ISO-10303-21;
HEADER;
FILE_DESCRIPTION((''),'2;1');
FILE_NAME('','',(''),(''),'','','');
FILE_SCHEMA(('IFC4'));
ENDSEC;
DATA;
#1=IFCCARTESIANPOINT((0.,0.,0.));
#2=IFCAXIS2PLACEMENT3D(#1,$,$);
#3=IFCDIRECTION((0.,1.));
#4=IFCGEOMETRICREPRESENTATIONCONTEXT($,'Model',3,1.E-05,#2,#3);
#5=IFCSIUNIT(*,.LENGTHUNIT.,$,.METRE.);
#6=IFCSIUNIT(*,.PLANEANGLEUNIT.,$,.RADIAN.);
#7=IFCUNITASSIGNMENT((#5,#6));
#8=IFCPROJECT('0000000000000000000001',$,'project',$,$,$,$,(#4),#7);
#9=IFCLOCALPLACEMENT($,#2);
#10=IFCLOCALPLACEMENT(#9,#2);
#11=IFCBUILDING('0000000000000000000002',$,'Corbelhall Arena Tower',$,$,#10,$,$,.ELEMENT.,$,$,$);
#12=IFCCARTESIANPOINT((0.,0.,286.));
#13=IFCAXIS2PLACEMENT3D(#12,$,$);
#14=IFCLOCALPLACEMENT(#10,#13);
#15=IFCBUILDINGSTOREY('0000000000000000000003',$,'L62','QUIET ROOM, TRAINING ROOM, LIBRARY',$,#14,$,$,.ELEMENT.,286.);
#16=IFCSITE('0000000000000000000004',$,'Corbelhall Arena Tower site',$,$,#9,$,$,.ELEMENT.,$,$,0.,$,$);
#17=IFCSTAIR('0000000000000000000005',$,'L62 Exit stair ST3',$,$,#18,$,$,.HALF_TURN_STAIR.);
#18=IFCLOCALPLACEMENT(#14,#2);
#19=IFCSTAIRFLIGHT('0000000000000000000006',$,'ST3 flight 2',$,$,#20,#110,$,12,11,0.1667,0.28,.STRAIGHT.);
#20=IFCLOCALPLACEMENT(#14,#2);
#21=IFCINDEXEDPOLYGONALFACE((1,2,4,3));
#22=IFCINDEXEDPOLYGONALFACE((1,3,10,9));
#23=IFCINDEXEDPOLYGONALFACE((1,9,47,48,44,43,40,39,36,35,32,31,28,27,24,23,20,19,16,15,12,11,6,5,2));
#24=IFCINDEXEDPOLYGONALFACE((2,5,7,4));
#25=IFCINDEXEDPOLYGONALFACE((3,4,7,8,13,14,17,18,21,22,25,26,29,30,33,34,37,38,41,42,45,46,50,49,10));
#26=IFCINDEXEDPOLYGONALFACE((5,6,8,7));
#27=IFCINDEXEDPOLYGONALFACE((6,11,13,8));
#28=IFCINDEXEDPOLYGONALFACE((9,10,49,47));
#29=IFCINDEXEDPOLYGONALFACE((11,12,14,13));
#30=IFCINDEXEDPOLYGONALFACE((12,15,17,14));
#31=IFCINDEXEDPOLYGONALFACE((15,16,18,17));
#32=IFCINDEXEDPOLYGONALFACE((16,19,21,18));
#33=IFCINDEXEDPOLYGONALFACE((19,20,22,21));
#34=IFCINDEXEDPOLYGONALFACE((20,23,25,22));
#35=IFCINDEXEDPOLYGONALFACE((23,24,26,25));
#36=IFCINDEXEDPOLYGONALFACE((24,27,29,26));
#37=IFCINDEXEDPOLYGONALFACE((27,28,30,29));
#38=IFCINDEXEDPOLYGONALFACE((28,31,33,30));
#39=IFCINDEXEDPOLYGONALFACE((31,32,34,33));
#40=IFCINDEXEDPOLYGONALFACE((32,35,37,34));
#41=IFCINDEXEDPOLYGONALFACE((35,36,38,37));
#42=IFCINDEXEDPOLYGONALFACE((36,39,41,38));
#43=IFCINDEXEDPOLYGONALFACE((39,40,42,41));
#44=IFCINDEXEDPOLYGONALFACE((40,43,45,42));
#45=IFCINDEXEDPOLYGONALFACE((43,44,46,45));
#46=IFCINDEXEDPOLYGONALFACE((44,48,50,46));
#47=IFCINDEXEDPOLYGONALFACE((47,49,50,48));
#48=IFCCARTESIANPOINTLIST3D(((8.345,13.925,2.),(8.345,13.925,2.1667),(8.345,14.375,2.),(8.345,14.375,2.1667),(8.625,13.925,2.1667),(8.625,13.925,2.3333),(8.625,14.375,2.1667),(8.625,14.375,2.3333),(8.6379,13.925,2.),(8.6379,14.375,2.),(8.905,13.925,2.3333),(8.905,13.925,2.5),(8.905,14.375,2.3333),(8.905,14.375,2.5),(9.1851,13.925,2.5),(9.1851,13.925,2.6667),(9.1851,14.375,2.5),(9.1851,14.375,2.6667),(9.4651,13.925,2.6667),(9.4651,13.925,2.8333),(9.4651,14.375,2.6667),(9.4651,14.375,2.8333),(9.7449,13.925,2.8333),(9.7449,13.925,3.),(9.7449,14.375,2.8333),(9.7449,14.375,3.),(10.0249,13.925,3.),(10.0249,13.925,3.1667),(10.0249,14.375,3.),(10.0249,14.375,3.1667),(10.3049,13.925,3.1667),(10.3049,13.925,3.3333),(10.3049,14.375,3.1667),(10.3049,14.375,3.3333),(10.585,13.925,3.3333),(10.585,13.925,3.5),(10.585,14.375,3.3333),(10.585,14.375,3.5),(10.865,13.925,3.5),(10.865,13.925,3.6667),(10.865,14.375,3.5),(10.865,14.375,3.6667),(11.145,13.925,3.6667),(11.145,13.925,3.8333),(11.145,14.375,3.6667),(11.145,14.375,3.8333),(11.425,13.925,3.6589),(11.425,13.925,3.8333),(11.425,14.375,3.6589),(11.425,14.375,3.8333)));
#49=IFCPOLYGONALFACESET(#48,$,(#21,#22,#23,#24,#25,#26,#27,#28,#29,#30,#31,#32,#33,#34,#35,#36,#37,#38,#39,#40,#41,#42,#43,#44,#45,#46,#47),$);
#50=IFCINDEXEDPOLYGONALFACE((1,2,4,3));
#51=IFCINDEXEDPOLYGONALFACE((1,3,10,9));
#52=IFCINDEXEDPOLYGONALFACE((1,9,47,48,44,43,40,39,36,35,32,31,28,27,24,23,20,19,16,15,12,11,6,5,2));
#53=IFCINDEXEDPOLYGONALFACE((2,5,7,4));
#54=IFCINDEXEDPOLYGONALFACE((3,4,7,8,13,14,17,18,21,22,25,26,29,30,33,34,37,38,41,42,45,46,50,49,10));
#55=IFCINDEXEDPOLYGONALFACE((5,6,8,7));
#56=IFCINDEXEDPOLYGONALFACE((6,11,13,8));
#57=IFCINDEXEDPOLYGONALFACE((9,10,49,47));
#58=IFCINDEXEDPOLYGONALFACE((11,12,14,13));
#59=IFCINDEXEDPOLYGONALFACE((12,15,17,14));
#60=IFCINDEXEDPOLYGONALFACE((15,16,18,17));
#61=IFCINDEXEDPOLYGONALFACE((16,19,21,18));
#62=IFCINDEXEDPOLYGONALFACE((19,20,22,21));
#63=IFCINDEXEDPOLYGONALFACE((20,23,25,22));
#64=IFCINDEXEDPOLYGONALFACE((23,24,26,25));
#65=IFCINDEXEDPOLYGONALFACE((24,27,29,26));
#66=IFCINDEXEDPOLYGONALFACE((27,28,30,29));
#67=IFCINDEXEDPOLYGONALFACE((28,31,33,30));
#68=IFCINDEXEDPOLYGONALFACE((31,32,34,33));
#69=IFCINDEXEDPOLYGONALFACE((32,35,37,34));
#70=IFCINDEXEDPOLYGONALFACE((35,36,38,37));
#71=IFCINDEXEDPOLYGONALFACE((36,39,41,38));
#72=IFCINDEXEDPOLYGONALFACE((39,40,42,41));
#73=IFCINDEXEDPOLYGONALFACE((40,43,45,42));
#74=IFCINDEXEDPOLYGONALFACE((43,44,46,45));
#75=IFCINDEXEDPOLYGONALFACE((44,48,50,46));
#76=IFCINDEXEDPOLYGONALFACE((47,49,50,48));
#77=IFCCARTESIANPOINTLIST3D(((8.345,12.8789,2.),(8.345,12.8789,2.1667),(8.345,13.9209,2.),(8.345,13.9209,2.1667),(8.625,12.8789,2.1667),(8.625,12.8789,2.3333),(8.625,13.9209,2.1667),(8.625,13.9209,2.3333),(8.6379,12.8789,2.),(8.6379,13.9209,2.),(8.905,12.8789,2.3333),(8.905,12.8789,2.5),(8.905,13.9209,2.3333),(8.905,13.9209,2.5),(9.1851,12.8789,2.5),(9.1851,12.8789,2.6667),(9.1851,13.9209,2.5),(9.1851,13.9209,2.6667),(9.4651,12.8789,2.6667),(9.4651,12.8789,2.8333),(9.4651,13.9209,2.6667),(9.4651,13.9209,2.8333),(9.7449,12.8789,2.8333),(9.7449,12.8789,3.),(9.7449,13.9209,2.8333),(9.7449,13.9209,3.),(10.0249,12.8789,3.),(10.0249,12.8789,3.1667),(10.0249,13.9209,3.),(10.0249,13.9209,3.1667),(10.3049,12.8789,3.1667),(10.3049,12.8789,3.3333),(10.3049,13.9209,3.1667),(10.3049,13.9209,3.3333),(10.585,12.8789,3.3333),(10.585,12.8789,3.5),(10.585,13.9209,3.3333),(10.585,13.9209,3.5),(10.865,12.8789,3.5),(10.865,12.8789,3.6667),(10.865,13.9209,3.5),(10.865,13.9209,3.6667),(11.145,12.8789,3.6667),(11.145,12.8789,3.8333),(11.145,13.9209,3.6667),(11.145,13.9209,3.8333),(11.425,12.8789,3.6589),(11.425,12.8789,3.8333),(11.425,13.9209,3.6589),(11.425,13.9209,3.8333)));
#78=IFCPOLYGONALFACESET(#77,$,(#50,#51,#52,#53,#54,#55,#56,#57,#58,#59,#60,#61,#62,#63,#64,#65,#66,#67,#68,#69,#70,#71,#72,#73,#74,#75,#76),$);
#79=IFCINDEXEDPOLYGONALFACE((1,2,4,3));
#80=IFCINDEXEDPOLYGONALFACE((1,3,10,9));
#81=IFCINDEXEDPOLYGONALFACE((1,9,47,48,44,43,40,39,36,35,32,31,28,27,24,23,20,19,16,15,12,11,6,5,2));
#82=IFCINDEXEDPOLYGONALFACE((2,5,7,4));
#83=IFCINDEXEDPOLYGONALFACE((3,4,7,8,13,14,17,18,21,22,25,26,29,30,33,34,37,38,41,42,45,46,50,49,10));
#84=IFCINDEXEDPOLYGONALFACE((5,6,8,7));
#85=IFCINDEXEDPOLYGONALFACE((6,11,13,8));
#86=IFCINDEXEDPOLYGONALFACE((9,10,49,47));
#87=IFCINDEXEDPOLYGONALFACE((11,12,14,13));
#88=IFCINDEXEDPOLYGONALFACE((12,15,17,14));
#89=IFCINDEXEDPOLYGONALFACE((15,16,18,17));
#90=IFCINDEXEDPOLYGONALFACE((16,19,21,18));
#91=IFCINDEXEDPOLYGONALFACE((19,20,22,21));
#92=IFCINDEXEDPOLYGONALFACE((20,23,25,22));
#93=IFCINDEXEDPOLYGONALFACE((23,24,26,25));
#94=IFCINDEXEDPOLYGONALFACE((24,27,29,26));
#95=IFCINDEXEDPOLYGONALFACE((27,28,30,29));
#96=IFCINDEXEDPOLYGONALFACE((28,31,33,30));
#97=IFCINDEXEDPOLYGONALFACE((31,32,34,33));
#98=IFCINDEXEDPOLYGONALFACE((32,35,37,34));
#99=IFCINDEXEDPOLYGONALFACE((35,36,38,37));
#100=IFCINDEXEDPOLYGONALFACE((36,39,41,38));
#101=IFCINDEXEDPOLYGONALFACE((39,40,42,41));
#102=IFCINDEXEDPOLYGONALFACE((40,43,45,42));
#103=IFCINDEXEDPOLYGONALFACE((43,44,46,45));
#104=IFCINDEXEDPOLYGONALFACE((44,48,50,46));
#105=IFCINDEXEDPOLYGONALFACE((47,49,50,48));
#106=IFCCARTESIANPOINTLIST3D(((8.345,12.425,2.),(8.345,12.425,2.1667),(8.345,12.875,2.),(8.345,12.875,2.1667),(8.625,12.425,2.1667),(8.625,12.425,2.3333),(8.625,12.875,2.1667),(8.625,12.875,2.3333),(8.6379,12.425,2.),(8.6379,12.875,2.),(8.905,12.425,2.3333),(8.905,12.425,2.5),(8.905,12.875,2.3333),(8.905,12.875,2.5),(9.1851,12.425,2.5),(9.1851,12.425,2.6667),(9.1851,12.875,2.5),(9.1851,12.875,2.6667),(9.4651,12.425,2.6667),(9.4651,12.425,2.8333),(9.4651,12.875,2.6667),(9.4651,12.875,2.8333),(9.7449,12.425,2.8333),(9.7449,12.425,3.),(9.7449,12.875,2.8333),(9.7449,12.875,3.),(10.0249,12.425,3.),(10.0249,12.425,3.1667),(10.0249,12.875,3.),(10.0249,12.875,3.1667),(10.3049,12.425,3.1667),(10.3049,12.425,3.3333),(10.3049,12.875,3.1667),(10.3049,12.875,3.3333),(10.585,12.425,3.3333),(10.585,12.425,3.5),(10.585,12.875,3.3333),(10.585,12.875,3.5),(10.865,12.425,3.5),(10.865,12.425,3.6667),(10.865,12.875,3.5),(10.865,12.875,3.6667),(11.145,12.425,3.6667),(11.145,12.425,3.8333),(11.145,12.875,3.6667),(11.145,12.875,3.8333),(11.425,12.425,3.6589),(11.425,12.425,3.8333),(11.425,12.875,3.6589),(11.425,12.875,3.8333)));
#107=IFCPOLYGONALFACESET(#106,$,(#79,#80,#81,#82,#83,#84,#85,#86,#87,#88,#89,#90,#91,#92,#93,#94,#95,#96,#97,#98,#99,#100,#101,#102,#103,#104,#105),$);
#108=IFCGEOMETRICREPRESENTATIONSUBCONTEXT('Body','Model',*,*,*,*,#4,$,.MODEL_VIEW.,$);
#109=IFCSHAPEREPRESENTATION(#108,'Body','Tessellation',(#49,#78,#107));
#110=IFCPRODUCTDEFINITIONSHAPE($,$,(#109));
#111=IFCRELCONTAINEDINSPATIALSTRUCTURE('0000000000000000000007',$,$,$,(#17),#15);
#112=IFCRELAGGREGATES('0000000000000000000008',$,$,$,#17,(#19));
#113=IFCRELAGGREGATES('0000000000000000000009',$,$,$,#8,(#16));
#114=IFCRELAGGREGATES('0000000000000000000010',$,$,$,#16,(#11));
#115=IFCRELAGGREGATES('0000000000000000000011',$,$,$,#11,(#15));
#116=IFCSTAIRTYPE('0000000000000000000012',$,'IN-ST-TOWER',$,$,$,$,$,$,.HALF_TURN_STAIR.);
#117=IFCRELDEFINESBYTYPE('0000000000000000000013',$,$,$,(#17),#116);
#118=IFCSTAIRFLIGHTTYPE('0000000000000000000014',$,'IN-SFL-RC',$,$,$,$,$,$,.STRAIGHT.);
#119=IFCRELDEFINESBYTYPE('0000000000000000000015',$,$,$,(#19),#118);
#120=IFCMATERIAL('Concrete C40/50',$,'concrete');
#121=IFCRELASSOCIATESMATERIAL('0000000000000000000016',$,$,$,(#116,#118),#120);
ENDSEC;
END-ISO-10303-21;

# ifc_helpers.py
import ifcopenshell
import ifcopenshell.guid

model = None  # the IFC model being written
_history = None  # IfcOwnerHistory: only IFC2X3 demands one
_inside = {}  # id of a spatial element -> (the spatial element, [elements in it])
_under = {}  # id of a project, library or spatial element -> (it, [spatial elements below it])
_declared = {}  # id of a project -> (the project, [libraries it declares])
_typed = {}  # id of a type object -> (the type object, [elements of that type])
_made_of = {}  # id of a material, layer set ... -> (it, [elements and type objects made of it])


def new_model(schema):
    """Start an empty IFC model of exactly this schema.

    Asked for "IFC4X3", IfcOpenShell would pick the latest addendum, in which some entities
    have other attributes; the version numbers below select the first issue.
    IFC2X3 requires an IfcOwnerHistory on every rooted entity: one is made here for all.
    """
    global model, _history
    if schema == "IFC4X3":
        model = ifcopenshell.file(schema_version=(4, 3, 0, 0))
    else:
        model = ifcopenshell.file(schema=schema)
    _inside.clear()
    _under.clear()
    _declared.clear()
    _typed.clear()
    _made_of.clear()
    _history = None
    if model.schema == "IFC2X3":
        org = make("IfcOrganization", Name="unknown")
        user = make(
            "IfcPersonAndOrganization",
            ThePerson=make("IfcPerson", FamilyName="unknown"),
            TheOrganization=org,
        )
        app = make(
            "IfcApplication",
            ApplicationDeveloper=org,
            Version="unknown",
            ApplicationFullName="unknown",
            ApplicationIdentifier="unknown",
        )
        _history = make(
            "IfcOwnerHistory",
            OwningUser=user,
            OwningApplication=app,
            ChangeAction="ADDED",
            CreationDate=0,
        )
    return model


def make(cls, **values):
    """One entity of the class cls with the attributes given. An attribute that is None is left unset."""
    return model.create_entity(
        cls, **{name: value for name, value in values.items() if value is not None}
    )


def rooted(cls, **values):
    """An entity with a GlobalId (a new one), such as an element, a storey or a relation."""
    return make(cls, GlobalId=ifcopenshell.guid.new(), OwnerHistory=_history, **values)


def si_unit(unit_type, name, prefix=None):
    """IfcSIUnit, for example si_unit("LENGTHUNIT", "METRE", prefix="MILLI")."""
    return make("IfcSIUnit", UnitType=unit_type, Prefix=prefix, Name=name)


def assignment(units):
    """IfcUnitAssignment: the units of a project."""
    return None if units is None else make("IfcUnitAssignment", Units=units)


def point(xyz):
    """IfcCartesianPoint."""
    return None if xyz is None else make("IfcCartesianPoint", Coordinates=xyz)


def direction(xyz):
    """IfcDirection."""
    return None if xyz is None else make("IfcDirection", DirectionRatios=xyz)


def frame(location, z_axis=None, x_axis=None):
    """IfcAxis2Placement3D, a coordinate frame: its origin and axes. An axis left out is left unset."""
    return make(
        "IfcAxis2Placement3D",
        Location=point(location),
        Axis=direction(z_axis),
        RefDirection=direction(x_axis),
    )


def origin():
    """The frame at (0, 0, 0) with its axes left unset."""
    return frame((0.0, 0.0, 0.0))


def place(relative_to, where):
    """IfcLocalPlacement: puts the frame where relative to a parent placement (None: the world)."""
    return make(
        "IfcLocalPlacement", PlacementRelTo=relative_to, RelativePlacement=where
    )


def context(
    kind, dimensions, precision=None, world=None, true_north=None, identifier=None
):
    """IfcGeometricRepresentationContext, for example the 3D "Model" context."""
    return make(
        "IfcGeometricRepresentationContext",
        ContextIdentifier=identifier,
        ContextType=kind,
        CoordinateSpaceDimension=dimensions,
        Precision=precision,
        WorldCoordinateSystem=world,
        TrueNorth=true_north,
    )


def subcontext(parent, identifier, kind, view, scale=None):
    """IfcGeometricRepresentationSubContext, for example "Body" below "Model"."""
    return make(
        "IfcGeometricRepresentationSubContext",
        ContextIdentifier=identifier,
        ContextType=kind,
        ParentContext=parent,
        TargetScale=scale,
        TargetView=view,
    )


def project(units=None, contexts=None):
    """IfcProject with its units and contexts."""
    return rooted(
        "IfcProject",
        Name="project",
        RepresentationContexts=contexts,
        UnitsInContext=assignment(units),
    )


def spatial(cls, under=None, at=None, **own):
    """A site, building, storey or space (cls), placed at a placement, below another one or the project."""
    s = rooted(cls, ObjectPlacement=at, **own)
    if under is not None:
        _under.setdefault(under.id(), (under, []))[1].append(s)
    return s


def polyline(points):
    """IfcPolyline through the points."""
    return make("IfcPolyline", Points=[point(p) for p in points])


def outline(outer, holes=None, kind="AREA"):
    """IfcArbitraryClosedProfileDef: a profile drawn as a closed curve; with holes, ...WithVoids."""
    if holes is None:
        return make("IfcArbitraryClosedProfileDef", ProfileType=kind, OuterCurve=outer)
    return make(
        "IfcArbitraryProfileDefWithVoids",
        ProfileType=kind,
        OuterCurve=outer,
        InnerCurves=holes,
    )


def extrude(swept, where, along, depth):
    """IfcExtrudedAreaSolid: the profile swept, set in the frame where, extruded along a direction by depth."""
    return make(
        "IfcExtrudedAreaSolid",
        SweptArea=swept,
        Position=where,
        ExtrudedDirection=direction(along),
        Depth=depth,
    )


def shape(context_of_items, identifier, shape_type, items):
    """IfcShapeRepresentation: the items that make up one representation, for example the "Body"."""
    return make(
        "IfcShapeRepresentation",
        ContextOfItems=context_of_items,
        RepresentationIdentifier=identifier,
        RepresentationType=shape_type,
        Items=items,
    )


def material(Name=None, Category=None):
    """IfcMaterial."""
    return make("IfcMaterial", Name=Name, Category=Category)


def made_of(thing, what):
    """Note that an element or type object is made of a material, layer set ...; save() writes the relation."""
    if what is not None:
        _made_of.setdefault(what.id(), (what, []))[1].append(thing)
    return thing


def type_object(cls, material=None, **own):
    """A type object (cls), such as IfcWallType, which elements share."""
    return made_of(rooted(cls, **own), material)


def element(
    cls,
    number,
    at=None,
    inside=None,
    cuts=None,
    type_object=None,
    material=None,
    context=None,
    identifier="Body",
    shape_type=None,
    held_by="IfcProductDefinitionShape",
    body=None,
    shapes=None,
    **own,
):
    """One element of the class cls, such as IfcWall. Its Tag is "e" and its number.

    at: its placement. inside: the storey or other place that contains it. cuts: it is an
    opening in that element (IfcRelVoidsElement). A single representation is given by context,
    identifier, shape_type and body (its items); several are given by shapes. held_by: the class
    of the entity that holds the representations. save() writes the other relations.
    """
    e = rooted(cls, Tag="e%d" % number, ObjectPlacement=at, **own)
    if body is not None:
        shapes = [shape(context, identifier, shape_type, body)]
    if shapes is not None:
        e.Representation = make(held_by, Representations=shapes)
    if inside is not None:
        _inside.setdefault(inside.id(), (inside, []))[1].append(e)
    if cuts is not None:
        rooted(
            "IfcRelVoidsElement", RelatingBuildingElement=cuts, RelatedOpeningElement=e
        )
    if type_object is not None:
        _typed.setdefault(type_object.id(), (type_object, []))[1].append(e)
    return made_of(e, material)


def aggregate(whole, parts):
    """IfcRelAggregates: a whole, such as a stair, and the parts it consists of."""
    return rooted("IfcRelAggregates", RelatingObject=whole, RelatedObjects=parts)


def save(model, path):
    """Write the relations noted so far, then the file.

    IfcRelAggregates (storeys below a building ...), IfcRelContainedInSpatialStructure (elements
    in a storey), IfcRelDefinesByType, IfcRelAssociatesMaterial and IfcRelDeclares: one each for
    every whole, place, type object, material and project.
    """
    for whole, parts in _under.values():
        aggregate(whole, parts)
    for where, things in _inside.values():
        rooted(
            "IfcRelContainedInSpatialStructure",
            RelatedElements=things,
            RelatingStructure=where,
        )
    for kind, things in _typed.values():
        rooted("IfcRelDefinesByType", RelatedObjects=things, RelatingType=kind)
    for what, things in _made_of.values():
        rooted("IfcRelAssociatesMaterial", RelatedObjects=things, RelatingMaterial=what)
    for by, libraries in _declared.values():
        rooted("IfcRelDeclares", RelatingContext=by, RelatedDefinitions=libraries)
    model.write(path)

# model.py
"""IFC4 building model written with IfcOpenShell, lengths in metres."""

from ifc_helpers import new_model, si_unit, direction, frame, origin, place, context, subcontext, project, spatial, polyline, outline, extrude, material, type_object, element, aggregate, save


model = new_model("IFC4")

# Units and contexts
model_context = context("Model", 3, precision=1e-05, world=origin(), true_north=direction((0.0, 1.0)))
body_context = subcontext(model_context, "Body", "Model", "MODEL_VIEW")
ifc_project = project(units=[si_unit("LENGTHUNIT", "METRE"), si_unit("PLANEANGLEUNIT", "RADIAN")], contexts=[model_context])

# Site, building, storey
site_placement = place(None, origin())
site = spatial("IfcSite", under=ifc_project, at=site_placement, Name="Corbelhall Arena Tower site", CompositionType="ELEMENT", RefElevation=0.0)
building_placement = place(site_placement, origin())
building = spatial("IfcBuilding", under=site, at=building_placement, Name="Corbelhall Arena Tower", CompositionType="ELEMENT")
storey_placement = place(building_placement, frame((0.0, 0.0, 286.0)))
storey = spatial("IfcBuildingStorey", under=building, at=storey_placement, Name="L62", Description="QUIET ROOM, TRAINING ROOM, LIBRARY", CompositionType="ELEMENT", Elevation=286.0)

# Shared definitions
ifc_material_1 = material(Name="Concrete C40/50", Category="concrete")

# Stair, stair flight
stair_type = type_object("IfcStairType", Name="IN-ST-TOWER", PredefinedType="HALF_TURN_STAIR", material=ifc_material_1)
stair_placement = place(storey_placement, origin())
stair = element("IfcStair", 1, at=stair_placement, inside=storey, type_object=stair_type, Name="L62 Exit stair ST3", PredefinedType="HALF_TURN_STAIR")
stair_flight_type = type_object("IfcStairFlightType", Name="IN-SFL-RC", PredefinedType="STRAIGHT", material=ifc_material_1)
stair_flight_1_placement = place(storey_placement, frame((8.345, 13.3999, 2.0), z_axis=(0.0, 0.0, 1.0), x_axis=(1.0, 0.0, 0.0)))
stair_flight_1 = element("IfcStairFlight", 2, at=stair_flight_1_placement, type_object=stair_flight_type, Name="ST3 flight 2", NumberOfRisers=12, NumberOfTreads=11, PredefinedType="STRAIGHT", RiserHeight=0.1667, TreadLength=0.28, context=body_context, shape_type="SweptSolid", body=[
    extrude(outline(polyline([(0.0, 0.0), (0.0, 0.1667), (0.28, 0.1667), (0.28, 0.3333), (0.5601, 0.3333), (0.5601, 0.5), (0.8401, 0.5), (0.8401, 0.6667), (1.1201, 0.6667), (1.1201, 0.8333), (1.3999, 0.8333), (1.3999, 1.0), (1.6799, 1.0), (1.6799, 1.1667), (1.96, 1.1667), (1.96, 1.3333), (2.24, 1.3333), (2.24, 1.5), (2.52, 1.5), (2.52, 1.6667), (2.8, 1.6667), (2.8, 1.8333), (3.0801, 1.8333), (3.0801, 2.0), (3.0801, 1.6589), (0.293, 0.0), (0.0, 0.0)])), frame((0.0, 0.9751, 0.0), z_axis=(0.0, -1.0, 0.0), x_axis=(1.0, 0.0, 0.0)), (0.0, 0.0, 1.0), 0.45),
    extrude(outline(polyline([(0.0, 0.0), (0.0, 0.1667), (0.28, 0.1667), (0.28, 0.3333), (0.5601, 0.3333), (0.5601, 0.5), (0.8401, 0.5), (0.8401, 0.6667), (1.1201, 0.6667), (1.1201, 0.8333), (1.3999, 0.8333), (1.3999, 1.0), (1.6799, 1.0), (1.6799, 1.1667), (1.96, 1.1667), (1.96, 1.3333), (2.24, 1.3333), (2.24, 1.5), (2.52, 1.5), (2.52, 1.6667), (2.8, 1.6667), (2.8, 1.8333), (3.0801, 1.8333), (3.0801, 2.0), (3.0801, 1.6589), (0.293, 0.0), (0.0, 0.0)])), frame((0.0, 0.521, 0.0), z_axis=(0.0, -1.0, 0.0), x_axis=(1.0, 0.0, 0.0)), (0.0, 0.0, 1.0), 1.042),
    extrude(outline(polyline([(0.0, 0.0), (0.0, 0.1667), (0.28, 0.1667), (0.28, 0.3333), (0.5601, 0.3333), (0.5601, 0.5), (0.8401, 0.5), (0.8401, 0.6667), (1.1201, 0.6667), (1.1201, 0.8333), (1.3999, 0.8333), (1.3999, 1.0), (1.6799, 1.0), (1.6799, 1.1667), (1.96, 1.1667), (1.96, 1.3333), (2.24, 1.3333), (2.24, 1.5), (2.52, 1.5), (2.52, 1.6667), (2.8, 1.6667), (2.8, 1.8333), (3.0801, 1.8333), (3.0801, 2.0), (3.0801, 1.6589), (0.293, 0.0), (0.0, 0.0)])), frame((0.0, -0.5249, 0.0), z_axis=(0.0, -1.0, 0.0), x_axis=(1.0, 0.0, 0.0)), (0.0, 0.0, 1.0), 0.45),
])
aggregate(stair, [stair_flight_1])

save(model, "model.ifc")
